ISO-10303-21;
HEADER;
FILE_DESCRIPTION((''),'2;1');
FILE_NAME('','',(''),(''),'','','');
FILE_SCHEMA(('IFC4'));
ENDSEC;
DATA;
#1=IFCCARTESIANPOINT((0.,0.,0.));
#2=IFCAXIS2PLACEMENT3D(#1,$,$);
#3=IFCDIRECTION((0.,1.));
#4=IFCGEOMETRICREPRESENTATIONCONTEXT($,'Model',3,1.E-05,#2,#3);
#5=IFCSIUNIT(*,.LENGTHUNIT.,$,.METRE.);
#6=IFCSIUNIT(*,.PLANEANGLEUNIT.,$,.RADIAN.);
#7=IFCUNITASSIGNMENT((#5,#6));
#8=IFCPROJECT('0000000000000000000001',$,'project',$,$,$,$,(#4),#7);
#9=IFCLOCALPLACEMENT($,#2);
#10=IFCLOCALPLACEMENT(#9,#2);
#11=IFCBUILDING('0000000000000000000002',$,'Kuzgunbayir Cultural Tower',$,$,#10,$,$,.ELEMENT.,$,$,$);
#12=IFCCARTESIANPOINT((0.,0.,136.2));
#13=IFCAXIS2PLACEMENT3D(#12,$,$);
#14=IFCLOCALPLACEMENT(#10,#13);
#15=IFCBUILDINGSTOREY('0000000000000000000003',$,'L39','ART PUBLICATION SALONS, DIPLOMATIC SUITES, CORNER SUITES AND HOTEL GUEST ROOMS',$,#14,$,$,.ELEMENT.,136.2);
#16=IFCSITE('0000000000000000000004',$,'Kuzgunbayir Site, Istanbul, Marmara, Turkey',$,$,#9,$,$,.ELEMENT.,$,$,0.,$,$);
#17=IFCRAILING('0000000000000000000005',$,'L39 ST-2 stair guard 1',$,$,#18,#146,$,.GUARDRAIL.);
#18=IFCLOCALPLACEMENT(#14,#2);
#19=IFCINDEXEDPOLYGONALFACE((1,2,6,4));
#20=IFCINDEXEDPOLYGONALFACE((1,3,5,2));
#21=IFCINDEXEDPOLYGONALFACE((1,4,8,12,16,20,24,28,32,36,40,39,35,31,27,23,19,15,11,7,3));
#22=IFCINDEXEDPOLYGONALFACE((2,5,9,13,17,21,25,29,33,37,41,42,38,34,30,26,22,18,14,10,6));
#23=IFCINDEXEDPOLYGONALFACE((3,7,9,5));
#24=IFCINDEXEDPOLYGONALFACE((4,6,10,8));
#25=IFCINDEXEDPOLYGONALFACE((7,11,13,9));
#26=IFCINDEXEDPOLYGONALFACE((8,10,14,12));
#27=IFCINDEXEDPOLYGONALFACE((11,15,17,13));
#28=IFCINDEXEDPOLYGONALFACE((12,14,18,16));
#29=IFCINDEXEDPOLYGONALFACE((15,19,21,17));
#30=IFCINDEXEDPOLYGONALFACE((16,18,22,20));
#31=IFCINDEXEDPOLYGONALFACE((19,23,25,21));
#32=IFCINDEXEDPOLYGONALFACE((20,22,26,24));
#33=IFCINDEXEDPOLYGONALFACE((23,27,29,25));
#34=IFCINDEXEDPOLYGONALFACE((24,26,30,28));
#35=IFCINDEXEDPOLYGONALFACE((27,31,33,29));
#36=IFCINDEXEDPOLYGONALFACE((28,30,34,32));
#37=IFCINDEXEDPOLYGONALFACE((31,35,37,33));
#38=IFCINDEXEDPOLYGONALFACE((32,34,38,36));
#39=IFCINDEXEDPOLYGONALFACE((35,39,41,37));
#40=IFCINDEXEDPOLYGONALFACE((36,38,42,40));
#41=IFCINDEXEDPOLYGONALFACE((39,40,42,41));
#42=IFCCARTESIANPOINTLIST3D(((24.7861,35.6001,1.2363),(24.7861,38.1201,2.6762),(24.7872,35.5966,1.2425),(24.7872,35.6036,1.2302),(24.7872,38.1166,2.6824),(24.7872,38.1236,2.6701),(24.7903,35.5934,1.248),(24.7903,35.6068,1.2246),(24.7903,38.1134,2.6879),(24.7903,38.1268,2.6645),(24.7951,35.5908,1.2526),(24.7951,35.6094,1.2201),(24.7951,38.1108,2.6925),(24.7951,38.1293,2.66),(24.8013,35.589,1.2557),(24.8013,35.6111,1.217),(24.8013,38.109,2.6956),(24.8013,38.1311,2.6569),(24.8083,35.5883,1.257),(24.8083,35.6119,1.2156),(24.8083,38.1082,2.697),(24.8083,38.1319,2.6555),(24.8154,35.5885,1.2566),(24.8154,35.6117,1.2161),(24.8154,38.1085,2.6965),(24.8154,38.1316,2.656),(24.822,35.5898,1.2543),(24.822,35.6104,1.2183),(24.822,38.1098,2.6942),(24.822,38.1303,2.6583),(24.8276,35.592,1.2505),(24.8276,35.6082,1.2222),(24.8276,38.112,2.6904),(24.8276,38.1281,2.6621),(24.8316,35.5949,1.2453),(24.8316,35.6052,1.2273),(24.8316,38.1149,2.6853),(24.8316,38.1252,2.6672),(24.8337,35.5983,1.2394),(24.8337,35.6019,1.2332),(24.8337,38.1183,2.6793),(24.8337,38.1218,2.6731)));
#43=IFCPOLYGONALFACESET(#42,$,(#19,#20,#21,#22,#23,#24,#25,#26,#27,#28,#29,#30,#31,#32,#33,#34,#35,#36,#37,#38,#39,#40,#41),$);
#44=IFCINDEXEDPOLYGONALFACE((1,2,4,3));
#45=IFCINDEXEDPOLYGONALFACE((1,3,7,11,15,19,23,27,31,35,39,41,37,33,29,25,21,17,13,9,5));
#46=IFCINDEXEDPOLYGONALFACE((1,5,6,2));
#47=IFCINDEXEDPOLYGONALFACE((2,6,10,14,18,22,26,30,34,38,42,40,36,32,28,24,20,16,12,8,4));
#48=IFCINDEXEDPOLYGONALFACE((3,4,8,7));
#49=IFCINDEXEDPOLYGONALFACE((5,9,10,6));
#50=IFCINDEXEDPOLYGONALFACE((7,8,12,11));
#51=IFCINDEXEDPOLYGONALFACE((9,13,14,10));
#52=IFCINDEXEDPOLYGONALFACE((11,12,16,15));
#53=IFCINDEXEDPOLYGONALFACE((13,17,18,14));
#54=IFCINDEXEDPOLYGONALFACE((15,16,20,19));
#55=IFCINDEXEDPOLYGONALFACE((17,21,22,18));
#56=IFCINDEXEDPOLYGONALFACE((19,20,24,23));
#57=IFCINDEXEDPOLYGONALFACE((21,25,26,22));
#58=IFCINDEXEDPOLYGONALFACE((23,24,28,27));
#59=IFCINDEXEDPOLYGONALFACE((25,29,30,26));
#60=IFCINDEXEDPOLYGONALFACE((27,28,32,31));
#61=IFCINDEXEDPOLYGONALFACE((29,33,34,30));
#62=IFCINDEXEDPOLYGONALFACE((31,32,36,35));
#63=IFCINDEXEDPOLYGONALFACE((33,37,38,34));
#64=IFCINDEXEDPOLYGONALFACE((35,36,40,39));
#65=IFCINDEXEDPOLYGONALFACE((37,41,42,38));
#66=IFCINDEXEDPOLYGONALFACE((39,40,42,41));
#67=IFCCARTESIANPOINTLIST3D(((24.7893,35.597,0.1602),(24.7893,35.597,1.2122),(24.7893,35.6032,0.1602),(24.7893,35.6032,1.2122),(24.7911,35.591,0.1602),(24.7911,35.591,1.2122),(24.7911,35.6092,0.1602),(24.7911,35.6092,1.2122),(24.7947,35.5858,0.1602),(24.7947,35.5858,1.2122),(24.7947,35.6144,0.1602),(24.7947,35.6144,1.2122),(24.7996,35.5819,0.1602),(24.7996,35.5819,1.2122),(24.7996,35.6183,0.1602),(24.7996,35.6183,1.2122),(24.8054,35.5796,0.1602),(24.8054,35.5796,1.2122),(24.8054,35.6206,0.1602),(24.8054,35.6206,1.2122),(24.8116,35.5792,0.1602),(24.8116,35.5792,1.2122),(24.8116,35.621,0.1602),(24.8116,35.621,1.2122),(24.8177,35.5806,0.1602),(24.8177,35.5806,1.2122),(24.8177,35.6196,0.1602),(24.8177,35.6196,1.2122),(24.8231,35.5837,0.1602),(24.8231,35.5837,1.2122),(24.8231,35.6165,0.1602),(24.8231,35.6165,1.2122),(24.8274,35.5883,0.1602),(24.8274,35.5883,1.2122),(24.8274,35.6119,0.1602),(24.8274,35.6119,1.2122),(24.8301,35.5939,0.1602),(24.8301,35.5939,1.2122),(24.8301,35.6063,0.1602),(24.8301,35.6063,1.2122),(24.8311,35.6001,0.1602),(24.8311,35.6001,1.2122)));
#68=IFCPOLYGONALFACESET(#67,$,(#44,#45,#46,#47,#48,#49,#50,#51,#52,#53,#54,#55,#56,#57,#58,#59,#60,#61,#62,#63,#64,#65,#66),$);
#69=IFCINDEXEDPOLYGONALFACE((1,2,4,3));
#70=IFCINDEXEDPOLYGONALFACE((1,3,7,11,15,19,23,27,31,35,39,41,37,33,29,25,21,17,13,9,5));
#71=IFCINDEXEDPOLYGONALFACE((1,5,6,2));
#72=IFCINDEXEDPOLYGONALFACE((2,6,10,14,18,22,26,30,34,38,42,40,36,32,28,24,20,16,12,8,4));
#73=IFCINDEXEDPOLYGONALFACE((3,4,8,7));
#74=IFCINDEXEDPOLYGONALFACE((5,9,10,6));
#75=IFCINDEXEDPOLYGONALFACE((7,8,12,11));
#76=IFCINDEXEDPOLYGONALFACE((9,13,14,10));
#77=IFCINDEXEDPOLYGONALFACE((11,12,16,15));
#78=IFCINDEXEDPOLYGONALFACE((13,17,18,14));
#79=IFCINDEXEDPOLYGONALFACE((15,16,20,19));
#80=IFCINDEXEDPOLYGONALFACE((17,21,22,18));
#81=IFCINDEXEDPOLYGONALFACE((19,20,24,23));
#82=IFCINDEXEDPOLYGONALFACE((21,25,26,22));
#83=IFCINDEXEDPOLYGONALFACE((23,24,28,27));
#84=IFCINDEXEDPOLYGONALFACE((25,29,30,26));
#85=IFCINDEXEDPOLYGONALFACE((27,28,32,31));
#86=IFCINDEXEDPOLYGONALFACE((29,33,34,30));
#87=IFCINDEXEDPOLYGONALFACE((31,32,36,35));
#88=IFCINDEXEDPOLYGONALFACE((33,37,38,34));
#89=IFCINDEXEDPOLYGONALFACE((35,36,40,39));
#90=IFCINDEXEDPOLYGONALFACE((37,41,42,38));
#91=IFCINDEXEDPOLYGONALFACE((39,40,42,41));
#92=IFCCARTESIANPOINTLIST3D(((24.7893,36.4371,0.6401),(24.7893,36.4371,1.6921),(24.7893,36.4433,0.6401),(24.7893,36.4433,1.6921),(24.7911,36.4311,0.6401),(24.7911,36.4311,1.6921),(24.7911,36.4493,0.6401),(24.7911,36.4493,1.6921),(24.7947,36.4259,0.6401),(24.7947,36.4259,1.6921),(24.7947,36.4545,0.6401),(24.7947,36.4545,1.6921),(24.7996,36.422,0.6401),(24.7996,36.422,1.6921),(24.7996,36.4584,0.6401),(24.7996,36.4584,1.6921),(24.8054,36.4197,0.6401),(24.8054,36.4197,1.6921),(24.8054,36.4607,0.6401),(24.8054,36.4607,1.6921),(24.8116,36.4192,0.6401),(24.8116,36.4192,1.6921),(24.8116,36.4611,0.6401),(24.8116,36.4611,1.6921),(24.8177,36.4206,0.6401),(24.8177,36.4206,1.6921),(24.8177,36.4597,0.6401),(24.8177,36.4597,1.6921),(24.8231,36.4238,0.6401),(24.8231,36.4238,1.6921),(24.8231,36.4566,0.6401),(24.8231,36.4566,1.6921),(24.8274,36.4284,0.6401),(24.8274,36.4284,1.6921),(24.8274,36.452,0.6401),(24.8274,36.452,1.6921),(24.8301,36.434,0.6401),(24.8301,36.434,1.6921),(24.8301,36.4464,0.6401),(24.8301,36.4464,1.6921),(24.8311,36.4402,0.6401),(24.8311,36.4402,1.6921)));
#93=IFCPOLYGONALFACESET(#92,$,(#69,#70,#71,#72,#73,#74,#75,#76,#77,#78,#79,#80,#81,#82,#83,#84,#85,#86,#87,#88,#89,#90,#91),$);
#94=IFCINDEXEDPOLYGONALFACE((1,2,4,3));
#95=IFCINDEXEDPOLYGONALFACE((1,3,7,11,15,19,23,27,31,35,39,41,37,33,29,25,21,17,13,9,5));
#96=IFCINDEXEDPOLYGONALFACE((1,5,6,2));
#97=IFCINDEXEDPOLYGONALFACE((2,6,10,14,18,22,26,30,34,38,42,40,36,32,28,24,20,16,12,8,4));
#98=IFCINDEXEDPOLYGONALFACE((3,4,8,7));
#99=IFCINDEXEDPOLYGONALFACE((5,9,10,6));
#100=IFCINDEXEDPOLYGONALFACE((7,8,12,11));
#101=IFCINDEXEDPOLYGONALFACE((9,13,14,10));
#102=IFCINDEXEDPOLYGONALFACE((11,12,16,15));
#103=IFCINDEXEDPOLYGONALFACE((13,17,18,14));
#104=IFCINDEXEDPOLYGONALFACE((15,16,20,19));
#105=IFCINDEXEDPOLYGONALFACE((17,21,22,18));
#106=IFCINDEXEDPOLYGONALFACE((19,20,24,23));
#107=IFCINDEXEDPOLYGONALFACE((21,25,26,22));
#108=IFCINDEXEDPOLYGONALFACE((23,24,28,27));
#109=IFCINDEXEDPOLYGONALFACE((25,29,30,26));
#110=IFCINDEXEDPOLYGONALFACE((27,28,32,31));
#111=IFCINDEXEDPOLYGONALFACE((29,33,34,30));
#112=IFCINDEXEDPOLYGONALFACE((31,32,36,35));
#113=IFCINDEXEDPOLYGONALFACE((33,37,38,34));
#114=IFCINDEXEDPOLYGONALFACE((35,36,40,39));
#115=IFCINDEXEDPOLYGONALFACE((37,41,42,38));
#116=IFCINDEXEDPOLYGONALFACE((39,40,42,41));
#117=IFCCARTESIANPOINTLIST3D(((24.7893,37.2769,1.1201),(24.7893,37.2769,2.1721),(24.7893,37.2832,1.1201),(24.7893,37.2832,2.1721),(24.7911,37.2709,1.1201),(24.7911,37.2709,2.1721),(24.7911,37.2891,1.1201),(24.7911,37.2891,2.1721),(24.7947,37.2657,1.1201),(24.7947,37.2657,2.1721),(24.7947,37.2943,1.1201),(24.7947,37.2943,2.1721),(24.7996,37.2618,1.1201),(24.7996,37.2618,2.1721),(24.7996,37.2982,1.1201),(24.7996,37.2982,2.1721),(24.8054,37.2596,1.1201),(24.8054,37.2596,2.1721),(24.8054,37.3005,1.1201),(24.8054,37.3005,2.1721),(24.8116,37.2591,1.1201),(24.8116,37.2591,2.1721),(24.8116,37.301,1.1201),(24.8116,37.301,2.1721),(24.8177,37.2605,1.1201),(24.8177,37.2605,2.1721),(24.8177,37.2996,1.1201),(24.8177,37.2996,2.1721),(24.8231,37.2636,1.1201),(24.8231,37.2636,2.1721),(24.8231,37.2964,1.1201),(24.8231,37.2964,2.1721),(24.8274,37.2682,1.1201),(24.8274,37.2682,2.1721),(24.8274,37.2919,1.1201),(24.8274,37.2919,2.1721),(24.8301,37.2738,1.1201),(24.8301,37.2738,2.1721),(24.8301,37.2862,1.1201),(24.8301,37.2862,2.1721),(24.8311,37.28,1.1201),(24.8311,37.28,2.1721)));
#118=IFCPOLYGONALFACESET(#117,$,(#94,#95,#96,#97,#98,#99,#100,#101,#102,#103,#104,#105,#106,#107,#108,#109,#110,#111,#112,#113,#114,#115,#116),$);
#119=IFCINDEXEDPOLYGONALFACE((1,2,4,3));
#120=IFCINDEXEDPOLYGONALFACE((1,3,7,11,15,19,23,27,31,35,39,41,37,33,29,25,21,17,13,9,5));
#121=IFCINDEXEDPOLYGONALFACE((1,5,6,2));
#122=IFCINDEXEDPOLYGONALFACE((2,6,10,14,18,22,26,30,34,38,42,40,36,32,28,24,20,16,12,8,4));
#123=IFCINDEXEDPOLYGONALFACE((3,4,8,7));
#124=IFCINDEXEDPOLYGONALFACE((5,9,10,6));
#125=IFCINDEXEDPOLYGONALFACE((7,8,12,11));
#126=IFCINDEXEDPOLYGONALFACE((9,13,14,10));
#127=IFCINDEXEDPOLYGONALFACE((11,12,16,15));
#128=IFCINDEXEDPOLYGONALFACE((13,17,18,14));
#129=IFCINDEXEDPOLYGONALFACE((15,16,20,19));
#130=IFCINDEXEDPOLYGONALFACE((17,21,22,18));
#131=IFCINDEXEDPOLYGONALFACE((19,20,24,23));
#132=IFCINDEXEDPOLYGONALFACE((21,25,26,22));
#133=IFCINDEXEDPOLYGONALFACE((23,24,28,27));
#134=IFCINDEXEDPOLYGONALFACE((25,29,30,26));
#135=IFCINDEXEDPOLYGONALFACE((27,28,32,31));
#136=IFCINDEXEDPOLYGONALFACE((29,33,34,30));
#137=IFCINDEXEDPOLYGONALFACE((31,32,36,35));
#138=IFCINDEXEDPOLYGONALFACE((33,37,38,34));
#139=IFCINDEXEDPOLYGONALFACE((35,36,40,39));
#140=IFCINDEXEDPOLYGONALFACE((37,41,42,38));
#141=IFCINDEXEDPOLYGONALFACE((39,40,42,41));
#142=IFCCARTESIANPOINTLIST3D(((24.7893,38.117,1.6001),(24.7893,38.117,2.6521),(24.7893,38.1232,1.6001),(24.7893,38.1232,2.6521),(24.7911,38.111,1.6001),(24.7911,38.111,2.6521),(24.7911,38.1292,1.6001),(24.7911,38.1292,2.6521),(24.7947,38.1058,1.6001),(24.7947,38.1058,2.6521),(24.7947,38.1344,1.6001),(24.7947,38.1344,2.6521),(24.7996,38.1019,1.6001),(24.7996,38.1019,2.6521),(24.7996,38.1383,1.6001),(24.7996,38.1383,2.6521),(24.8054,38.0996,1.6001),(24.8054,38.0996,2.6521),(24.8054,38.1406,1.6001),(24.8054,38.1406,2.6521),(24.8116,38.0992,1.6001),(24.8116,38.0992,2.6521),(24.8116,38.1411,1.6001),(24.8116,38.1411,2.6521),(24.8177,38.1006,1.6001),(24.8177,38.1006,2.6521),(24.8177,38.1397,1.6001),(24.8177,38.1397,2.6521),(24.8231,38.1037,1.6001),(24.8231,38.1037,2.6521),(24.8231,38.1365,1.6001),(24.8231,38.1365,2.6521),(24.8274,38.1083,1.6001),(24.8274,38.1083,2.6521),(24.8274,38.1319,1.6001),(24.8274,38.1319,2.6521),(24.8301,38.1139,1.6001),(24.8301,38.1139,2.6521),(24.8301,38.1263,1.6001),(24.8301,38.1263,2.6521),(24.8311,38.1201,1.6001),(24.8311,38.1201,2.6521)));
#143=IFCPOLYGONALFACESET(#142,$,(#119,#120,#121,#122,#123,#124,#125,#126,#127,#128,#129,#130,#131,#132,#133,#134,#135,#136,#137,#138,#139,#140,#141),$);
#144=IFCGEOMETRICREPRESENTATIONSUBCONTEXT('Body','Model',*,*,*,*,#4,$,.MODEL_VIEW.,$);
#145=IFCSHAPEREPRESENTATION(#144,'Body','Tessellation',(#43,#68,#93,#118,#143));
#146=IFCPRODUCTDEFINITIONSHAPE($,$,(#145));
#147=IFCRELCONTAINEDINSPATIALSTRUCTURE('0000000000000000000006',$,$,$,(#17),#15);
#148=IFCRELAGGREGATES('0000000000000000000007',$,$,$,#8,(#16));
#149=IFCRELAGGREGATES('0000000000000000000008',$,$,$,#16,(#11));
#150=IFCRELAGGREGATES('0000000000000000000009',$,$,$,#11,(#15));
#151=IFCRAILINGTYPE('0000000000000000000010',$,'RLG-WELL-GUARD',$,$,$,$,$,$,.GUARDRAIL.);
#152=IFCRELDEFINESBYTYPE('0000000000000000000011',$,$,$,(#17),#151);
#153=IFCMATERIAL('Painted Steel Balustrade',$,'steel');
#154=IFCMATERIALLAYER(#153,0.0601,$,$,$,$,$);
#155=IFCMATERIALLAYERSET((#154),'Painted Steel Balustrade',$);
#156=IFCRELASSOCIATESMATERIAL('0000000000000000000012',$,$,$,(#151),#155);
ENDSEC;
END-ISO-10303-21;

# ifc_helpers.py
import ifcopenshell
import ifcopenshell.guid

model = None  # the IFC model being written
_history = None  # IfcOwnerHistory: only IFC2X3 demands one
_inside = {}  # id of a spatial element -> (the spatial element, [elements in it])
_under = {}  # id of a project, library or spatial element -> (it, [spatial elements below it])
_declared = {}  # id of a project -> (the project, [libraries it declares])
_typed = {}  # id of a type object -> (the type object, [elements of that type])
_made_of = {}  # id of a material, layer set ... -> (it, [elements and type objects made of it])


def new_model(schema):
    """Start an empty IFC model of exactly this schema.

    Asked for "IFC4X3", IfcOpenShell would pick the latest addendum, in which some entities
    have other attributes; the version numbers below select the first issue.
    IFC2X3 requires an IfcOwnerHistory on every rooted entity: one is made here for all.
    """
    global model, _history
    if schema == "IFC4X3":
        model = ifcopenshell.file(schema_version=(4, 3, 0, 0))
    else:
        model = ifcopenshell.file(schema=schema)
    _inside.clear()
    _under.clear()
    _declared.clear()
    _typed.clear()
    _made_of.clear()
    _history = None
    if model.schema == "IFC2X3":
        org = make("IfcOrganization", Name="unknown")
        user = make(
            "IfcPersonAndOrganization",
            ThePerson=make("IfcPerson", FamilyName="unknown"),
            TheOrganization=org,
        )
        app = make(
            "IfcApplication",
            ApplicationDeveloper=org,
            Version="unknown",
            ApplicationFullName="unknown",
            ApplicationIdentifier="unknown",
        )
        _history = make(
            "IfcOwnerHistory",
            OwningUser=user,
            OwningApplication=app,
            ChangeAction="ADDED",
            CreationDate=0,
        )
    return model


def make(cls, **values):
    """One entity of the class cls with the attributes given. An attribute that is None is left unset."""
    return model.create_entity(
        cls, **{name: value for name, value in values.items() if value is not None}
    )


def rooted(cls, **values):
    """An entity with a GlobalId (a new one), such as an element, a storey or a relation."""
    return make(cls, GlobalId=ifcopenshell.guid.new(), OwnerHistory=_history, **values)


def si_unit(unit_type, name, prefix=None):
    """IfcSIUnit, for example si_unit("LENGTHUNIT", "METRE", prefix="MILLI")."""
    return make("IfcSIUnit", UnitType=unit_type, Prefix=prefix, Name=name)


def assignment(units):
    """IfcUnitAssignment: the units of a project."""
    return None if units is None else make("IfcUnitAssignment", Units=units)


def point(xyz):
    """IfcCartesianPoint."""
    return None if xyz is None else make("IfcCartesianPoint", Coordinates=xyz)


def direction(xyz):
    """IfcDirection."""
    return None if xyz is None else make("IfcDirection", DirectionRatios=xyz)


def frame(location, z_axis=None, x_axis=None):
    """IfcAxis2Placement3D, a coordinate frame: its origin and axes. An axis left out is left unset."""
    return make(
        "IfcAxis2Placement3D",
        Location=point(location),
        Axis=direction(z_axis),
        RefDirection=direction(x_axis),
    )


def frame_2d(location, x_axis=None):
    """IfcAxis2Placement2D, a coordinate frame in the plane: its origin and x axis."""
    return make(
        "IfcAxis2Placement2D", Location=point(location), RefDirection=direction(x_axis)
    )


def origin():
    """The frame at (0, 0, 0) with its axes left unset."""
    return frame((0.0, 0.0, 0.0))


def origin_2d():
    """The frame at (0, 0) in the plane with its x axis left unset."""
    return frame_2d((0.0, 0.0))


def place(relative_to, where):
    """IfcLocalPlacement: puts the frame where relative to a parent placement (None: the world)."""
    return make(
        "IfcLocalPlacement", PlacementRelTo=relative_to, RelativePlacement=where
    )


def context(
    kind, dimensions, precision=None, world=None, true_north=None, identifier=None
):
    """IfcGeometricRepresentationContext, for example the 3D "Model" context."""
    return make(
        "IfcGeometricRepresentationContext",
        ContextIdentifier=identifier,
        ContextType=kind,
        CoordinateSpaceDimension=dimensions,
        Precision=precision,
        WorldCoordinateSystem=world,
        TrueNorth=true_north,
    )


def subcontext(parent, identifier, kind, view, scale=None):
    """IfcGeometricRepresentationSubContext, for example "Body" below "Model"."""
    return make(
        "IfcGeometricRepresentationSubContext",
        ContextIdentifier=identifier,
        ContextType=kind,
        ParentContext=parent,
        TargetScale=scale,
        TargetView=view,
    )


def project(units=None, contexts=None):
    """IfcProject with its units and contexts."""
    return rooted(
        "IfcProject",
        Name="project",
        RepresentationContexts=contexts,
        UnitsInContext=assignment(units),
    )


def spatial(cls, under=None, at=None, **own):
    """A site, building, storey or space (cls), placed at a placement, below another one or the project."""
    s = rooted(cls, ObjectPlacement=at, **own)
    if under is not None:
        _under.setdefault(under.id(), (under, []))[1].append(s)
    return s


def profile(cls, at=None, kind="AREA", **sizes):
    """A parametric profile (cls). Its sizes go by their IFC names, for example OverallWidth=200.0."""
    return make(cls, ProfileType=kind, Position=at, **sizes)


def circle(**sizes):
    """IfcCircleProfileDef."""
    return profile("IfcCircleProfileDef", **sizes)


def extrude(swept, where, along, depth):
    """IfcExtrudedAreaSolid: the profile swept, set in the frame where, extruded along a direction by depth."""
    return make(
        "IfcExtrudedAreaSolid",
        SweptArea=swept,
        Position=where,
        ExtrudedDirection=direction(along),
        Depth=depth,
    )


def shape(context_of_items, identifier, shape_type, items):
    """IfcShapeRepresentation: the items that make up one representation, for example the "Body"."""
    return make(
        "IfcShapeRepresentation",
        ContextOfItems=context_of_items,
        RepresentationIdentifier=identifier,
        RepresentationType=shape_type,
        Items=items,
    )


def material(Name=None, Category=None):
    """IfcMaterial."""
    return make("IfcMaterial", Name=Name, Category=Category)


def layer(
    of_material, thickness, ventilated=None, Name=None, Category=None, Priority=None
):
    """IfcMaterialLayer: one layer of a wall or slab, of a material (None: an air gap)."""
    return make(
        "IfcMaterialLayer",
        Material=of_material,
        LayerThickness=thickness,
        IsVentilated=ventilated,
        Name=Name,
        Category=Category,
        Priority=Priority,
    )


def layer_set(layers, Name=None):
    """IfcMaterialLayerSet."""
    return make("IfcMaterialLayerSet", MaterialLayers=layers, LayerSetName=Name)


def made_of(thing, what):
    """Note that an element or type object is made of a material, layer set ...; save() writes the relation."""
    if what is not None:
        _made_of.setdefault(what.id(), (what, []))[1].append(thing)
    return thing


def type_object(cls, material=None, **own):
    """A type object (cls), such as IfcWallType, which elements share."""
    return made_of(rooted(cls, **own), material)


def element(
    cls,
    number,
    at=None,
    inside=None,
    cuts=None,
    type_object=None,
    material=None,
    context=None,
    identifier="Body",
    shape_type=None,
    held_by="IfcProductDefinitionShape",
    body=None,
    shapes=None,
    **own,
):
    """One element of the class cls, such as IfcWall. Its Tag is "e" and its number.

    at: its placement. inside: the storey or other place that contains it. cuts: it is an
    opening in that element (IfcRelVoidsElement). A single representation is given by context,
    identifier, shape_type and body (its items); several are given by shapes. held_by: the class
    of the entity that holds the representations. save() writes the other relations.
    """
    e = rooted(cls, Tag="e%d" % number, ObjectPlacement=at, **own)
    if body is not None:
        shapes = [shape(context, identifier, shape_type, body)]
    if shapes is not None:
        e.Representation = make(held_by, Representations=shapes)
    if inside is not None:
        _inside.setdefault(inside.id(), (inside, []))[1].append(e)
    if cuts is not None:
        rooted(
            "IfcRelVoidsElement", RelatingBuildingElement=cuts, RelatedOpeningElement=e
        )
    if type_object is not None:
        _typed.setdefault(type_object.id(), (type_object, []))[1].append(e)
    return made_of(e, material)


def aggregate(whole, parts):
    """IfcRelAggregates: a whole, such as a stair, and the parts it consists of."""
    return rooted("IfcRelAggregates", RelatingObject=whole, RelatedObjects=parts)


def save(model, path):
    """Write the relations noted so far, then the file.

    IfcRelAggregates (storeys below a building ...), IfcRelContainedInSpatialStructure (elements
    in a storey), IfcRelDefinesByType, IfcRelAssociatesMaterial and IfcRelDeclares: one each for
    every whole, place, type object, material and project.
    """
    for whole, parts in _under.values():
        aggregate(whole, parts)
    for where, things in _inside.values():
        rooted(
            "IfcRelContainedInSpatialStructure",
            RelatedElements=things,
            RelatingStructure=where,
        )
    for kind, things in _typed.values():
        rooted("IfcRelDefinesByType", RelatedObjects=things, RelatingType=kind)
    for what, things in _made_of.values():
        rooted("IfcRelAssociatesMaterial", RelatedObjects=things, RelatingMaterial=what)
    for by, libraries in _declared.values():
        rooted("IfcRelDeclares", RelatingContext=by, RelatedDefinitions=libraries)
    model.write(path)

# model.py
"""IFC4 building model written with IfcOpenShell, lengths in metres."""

from ifc_helpers import new_model, si_unit, direction, frame, origin, origin_2d, place, context, subcontext, project, spatial, circle, extrude, material, layer, layer_set, type_object, element, save


model = new_model("IFC4")

# Units and contexts
model_context = context("Model", 3, precision=1e-05, world=origin(), true_north=direction((0.0, 1.0)))
body_context = subcontext(model_context, "Body", "Model", "MODEL_VIEW")
ifc_project = project(units=[si_unit("LENGTHUNIT", "METRE"), si_unit("PLANEANGLEUNIT", "RADIAN")], contexts=[model_context])

# Site, building, storey
site_placement = place(None, origin())
site = spatial("IfcSite", under=ifc_project, at=site_placement, Name="Kuzgunbayir Site, Istanbul, Marmara, Turkey", CompositionType="ELEMENT", RefElevation=0.0)
building_placement = place(site_placement, origin())
building = spatial("IfcBuilding", under=site, at=building_placement, Name="Kuzgunbayir Cultural Tower", CompositionType="ELEMENT")
storey_placement = place(building_placement, frame((0.0, 0.0, 136.2)))
storey = spatial("IfcBuildingStorey", under=building, at=storey_placement, Name="L39", Description="ART PUBLICATION SALONS, DIPLOMATIC SUITES, CORNER SUITES AND HOTEL GUEST ROOMS", CompositionType="ELEMENT", Elevation=136.2)

# Railing
ifc_material_1 = material(Name="Painted Steel Balustrade", Category="steel")
ifc_layer_1 = layer(ifc_material_1, 0.0601)
ifc_layer_set_1 = layer_set([ifc_layer_1], Name="Painted Steel Balustrade")
railing_type_1 = type_object("IfcRailingType", Name="RLG-WELL-GUARD", PredefinedType="GUARDRAIL", material=ifc_layer_set_1)
railing_1_placement = place(storey_placement, frame((24.8101, 35.6001, 0.1602)))
element("IfcRailing", 1, at=railing_1_placement, inside=storey, type_object=railing_type_1, Name="L39 ST-2 stair guard 1", PredefinedType="GUARDRAIL", context=body_context, shape_type="SweptSolid", body=[
    extrude(circle(Radius=0.0239, at=origin_2d()), frame((0.0, 0.0, 1.0762), z_axis=(0.0, 0.868253, 0.496121), x_axis=(-1.0, 0.0, 0.0)), (0.0, 0.0, 1.0), 2.9023),
    extrude(circle(Radius=0.021, at=origin_2d()), origin(), (0.0, 0.0, 1.0), 1.052),
    extrude(circle(Radius=0.021, at=origin_2d()), frame((0.0, 0.8401, 0.48)), (0.0, 0.0, 1.0), 1.052),
    extrude(circle(Radius=0.021, at=origin_2d()), frame((0.0, 1.6799, 0.96)), (0.0, 0.0, 1.0), 1.052),
    extrude(circle(Radius=0.021, at=origin_2d()), frame((0.0, 2.52, 1.4399)), (0.0, 0.0, 1.0), 1.052),
])

save(model, "model.ifc")
